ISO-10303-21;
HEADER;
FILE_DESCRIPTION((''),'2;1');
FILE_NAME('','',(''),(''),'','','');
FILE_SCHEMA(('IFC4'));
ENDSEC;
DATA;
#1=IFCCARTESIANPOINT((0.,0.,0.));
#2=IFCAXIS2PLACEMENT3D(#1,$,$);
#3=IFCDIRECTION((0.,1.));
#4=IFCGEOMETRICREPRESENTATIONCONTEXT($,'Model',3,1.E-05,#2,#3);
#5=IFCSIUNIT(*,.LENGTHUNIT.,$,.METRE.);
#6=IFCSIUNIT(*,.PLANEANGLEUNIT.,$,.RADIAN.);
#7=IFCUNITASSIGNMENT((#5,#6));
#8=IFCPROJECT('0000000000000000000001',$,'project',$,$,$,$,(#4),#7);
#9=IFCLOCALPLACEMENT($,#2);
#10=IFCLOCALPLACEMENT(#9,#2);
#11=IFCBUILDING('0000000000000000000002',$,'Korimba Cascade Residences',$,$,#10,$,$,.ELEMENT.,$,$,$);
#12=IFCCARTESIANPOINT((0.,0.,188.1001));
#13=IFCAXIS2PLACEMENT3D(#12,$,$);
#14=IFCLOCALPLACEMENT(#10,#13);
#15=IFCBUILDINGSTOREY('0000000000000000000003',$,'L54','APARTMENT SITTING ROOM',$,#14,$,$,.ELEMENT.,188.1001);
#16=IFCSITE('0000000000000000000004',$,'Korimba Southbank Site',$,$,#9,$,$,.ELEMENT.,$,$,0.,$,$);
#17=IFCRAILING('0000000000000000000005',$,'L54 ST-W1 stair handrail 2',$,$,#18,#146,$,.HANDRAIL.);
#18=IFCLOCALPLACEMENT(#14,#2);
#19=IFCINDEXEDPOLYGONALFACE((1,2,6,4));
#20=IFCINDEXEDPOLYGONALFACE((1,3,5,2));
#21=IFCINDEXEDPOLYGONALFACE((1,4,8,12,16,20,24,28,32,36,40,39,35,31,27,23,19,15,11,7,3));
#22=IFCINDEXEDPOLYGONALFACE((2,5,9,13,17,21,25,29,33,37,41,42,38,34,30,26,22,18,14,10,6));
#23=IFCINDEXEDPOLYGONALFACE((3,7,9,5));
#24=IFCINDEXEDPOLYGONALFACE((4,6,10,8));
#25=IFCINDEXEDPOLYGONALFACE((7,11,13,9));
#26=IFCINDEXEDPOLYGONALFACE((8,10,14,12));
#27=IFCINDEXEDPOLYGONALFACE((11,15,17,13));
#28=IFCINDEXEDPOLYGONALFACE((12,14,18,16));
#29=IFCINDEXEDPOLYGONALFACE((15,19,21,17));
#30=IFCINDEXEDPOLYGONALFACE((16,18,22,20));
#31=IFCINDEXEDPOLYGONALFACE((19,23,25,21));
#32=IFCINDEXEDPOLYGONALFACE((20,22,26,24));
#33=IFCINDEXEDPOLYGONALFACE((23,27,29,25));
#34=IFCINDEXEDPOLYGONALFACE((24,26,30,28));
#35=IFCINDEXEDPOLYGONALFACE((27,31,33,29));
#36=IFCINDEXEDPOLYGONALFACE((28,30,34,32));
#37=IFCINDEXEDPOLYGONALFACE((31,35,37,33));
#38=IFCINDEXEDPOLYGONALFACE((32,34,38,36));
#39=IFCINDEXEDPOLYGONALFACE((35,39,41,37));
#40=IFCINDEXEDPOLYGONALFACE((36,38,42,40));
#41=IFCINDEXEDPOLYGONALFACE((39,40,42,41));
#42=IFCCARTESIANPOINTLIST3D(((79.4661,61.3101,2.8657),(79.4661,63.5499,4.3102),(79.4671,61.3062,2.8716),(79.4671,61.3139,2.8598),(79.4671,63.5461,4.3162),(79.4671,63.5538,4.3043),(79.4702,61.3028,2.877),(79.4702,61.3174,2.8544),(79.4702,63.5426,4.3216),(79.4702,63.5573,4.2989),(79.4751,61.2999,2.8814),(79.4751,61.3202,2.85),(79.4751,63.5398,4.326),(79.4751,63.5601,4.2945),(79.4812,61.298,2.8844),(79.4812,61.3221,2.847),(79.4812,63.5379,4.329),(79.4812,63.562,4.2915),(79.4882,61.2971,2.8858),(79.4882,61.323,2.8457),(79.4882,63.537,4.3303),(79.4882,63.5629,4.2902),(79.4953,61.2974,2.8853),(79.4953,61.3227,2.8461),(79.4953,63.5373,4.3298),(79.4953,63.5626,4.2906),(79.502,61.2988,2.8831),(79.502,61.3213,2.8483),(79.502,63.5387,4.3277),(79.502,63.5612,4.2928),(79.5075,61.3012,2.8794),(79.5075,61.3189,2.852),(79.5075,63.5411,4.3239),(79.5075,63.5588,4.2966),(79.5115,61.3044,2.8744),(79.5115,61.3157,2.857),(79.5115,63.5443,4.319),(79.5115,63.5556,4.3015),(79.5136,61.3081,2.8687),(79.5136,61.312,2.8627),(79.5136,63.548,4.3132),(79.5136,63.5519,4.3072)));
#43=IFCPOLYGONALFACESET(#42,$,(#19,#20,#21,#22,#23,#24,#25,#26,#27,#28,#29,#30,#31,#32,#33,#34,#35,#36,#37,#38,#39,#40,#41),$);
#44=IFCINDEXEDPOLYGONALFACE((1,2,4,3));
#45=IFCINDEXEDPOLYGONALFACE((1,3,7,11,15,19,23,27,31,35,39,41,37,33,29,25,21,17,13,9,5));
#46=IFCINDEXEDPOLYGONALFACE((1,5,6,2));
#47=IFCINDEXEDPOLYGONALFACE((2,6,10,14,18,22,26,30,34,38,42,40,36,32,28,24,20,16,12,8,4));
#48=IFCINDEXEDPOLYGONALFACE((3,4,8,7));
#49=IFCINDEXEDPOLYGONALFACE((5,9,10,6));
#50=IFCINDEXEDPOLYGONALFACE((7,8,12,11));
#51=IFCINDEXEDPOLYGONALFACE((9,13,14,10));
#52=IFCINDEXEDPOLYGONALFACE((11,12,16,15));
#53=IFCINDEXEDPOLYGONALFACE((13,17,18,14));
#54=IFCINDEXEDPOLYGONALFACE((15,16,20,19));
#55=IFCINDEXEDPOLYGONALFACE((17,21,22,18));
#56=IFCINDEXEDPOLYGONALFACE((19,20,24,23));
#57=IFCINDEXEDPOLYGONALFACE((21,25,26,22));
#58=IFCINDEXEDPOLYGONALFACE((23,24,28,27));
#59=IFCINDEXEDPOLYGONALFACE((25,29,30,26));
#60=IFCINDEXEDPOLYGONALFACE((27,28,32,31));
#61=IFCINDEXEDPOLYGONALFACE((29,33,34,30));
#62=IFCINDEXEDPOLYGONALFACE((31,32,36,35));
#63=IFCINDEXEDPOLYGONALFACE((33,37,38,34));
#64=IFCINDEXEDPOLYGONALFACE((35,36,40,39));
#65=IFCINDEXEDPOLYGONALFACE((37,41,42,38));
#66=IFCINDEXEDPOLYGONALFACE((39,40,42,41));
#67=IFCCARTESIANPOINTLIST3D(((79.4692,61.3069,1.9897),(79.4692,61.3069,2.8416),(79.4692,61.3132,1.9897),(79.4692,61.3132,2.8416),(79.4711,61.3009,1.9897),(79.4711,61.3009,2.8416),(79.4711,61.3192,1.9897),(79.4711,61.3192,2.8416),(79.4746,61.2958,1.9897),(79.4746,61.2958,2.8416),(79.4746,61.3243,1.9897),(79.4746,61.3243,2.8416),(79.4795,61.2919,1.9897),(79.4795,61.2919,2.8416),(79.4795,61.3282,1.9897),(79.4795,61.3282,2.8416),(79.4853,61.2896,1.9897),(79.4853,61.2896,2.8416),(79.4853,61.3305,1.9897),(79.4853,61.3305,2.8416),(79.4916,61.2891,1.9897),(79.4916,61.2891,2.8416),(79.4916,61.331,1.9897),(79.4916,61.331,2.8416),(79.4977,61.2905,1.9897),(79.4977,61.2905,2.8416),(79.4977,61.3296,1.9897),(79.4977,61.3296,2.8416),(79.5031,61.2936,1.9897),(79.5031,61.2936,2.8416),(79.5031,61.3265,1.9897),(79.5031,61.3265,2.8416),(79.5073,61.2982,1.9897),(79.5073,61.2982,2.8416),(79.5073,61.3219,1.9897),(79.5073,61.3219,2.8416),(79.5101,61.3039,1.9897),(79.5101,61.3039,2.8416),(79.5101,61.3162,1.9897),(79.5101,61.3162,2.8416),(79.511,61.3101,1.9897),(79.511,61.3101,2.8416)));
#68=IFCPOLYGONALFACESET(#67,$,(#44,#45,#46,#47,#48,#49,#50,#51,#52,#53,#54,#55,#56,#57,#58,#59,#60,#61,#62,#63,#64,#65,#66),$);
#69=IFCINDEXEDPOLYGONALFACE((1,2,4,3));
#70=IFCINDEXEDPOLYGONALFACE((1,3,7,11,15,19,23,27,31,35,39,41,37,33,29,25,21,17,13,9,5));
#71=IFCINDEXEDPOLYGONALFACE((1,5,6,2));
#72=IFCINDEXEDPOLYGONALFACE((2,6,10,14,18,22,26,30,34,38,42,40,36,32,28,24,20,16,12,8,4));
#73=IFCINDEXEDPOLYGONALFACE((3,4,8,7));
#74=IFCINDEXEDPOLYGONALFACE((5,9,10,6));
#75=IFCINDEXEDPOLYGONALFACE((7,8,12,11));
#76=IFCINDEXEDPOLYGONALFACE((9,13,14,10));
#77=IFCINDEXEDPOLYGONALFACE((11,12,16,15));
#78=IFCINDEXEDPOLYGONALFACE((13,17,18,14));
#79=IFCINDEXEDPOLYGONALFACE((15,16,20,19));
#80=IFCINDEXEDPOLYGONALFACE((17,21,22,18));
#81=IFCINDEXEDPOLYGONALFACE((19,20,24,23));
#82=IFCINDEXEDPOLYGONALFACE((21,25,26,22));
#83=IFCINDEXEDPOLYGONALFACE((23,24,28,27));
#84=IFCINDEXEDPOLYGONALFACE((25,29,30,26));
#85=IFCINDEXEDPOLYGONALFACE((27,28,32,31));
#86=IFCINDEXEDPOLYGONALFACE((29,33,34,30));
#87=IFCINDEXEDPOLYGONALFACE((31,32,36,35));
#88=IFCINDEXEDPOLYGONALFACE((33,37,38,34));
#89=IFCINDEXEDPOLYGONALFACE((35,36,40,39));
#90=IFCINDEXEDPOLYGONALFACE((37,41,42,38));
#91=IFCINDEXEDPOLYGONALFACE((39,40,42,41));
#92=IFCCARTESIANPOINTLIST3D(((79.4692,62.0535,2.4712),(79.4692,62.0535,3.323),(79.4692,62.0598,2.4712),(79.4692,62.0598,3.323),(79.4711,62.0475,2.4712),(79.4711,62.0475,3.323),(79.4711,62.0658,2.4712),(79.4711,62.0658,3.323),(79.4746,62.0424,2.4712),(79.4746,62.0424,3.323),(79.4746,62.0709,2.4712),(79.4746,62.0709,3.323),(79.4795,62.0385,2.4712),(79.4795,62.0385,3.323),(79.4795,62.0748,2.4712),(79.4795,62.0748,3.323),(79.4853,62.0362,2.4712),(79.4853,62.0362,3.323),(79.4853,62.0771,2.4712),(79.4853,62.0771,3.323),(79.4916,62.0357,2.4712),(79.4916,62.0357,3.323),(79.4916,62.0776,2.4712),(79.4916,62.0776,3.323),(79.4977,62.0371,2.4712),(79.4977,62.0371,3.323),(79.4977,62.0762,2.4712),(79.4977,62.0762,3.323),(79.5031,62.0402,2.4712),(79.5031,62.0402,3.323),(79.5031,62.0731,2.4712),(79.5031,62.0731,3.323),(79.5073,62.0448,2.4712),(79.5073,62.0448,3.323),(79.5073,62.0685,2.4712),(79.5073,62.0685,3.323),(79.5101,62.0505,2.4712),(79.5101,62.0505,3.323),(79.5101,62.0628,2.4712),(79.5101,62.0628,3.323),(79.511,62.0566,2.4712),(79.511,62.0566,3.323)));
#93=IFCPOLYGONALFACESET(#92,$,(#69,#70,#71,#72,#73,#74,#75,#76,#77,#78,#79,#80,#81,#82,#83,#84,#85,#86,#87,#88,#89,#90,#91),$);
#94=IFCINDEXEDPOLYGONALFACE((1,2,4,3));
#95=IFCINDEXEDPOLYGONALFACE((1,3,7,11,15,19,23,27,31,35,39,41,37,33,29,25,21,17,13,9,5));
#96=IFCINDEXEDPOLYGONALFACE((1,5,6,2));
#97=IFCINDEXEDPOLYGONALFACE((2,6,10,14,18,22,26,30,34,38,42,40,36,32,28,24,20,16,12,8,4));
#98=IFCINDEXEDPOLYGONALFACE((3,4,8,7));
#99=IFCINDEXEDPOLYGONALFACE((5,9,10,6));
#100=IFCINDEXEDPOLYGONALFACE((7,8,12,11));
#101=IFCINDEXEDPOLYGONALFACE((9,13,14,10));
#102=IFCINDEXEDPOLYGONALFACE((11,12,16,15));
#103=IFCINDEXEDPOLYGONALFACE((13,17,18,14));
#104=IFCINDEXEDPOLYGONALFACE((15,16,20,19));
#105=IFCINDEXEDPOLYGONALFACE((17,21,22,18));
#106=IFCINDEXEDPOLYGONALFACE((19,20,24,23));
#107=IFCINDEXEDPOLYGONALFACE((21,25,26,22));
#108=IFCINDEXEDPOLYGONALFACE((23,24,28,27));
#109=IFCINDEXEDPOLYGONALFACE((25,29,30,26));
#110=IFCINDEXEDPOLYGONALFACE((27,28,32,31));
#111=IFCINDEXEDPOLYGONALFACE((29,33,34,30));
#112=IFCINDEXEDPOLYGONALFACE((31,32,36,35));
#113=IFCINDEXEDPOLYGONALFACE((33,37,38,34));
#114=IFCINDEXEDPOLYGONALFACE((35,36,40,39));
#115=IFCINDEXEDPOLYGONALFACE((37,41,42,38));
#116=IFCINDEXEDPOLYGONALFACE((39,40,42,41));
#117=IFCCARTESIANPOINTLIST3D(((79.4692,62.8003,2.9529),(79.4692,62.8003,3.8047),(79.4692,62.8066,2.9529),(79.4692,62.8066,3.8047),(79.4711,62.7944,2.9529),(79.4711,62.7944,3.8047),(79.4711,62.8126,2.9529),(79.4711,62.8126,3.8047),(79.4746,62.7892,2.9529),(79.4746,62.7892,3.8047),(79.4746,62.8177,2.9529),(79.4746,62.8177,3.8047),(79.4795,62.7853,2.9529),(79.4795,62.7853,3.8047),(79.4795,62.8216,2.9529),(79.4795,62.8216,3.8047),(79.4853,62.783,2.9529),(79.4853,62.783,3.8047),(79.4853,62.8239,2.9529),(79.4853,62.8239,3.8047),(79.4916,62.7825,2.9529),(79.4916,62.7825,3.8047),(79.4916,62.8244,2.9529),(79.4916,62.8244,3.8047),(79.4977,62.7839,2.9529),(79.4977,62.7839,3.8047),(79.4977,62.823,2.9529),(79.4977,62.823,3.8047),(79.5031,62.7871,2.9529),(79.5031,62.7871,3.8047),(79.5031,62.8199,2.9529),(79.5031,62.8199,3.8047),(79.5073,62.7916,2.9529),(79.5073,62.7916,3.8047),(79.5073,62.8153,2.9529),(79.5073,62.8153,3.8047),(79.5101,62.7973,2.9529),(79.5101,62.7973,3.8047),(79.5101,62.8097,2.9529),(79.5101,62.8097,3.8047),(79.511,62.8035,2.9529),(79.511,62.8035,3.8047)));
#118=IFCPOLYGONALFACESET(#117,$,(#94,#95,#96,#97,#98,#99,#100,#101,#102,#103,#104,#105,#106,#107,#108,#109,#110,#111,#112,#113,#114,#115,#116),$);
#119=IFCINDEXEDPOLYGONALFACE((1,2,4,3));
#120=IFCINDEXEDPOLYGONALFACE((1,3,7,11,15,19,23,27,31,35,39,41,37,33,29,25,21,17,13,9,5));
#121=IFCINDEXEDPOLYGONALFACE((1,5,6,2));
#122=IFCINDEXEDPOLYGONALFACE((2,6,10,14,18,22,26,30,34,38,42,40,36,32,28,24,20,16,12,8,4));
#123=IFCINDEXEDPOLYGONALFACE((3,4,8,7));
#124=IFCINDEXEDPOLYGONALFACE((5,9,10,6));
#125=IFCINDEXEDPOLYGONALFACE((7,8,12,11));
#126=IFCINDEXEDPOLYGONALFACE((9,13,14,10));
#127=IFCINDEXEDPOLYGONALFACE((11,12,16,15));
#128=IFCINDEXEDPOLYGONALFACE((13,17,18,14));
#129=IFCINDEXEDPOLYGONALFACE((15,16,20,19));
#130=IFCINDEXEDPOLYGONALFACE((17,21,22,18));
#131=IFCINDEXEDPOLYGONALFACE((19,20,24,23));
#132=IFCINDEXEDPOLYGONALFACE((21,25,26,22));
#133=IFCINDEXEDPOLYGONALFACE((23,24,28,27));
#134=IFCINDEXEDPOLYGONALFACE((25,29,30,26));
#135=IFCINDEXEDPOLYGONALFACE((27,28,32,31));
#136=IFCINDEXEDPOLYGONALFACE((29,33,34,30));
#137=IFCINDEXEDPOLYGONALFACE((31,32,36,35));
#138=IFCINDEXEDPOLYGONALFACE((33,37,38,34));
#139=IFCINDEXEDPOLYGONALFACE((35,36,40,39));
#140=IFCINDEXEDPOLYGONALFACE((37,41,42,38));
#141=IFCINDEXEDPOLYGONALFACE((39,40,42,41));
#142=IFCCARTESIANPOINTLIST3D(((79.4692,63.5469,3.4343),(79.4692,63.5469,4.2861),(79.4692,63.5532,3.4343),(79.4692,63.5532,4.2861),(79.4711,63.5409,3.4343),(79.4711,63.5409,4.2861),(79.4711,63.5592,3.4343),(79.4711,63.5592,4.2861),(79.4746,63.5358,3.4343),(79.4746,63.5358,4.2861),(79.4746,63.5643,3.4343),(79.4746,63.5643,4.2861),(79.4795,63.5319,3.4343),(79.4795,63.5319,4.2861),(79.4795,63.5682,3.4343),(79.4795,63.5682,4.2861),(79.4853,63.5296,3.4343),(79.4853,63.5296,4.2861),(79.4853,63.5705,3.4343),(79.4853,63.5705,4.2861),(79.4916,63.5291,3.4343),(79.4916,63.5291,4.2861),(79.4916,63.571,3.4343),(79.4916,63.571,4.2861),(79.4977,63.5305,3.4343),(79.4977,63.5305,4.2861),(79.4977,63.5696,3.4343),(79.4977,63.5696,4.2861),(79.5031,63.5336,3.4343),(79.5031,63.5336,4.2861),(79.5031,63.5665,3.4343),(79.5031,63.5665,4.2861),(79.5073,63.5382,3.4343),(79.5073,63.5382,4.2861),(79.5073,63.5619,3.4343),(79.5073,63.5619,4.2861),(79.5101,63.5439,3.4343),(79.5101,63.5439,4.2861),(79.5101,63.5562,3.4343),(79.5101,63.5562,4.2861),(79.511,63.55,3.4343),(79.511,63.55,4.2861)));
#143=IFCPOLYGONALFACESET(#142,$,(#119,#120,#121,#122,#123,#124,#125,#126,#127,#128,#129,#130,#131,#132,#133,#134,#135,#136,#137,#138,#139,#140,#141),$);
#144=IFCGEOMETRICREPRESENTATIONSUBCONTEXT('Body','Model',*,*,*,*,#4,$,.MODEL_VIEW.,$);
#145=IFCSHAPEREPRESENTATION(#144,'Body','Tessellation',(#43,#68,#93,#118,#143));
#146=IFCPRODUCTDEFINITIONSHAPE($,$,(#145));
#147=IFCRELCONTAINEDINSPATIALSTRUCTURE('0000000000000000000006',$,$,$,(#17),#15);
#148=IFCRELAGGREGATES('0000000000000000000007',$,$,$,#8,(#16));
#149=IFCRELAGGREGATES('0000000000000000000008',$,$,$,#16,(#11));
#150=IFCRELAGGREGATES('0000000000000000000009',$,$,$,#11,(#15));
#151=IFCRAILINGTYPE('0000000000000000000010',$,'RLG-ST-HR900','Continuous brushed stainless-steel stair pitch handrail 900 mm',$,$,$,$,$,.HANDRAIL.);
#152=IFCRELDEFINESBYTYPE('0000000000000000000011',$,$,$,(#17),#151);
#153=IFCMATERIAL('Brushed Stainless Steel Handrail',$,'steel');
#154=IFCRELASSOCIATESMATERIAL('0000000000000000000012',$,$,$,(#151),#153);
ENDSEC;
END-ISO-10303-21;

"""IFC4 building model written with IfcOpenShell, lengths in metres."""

from ifc_helpers import new_model, si_unit, direction, frame, origin, origin_2d, place, context, subcontext, project, spatial, circle, extrude, material, type_object, element, save


model = new_model("IFC4")

# Units and contexts
model_context = context("Model", 3, precision=1e-05, world=origin(), true_north=direction((0.0, 1.0)))
body_context = subcontext(model_context, "Body", "Model", "MODEL_VIEW")
ifc_project = project(units=[si_unit("LENGTHUNIT", "METRE"), si_unit("PLANEANGLEUNIT", "RADIAN")], contexts=[model_context])

# Site, building, storey
site_placement = place(None, origin())
site = spatial("IfcSite", under=ifc_project, at=site_placement, Name="Korimba Southbank Site", CompositionType="ELEMENT", RefElevation=0.0)
building_placement = place(site_placement, origin())
building = spatial("IfcBuilding", under=site, at=building_placement, Name="Korimba Cascade Residences", CompositionType="ELEMENT")
storey_placement = place(building_placement, frame((0.0, 0.0, 188.1001)))
storey = spatial("IfcBuildingStorey", under=building, at=storey_placement, Name="L54", Description="APARTMENT SITTING ROOM", CompositionType="ELEMENT", Elevation=188.1001)

# Railing
ifc_material_1 = material(Name="Brushed Stainless Steel Handrail", Category="steel")
railing_type_1 = type_object("IfcRailingType", Name="RLG-ST-HR900", Description="Continuous brushed stainless-steel stair pitch handrail 900 mm", PredefinedType="HANDRAIL", material=ifc_material_1)
railing_1_placement = place(storey_placement, frame((79.49, 61.3101, 1.9897)))
element("IfcRailing", 1, at=railing_1_placement, inside=storey, type_object=railing_type_1, Name="L54 ST-W1 stair handrail 2", PredefinedType="HANDRAIL", context=body_context, shape_type="SweptSolid", body=[
    extrude(circle(Radius=0.0239, at=origin_2d()), frame((0.0, 0.0, 0.876), z_axis=(0.0, 0.840395, 0.541975), x_axis=(-1.0, 0.0, 0.0)), (0.0, 0.0, 1.0), 2.6653),
    extrude(circle(Radius=0.021, at=origin_2d()), origin(), (0.0, 0.0, 1.0), 0.8518),
    extrude(circle(Radius=0.021, at=origin_2d()), frame((0.0, 0.7466, 0.4814)), (0.0, 0.0, 1.0), 0.8518),
    extrude(circle(Radius=0.021, at=origin_2d()), frame((0.0, 1.4934, 0.9631)), (0.0, 0.0, 1.0), 0.8518),
    extrude(circle(Radius=0.021, at=origin_2d()), frame((0.0, 2.24, 1.4446)), (0.0, 0.0, 1.0), 0.8518),
])

save(model, "model.ifc")
